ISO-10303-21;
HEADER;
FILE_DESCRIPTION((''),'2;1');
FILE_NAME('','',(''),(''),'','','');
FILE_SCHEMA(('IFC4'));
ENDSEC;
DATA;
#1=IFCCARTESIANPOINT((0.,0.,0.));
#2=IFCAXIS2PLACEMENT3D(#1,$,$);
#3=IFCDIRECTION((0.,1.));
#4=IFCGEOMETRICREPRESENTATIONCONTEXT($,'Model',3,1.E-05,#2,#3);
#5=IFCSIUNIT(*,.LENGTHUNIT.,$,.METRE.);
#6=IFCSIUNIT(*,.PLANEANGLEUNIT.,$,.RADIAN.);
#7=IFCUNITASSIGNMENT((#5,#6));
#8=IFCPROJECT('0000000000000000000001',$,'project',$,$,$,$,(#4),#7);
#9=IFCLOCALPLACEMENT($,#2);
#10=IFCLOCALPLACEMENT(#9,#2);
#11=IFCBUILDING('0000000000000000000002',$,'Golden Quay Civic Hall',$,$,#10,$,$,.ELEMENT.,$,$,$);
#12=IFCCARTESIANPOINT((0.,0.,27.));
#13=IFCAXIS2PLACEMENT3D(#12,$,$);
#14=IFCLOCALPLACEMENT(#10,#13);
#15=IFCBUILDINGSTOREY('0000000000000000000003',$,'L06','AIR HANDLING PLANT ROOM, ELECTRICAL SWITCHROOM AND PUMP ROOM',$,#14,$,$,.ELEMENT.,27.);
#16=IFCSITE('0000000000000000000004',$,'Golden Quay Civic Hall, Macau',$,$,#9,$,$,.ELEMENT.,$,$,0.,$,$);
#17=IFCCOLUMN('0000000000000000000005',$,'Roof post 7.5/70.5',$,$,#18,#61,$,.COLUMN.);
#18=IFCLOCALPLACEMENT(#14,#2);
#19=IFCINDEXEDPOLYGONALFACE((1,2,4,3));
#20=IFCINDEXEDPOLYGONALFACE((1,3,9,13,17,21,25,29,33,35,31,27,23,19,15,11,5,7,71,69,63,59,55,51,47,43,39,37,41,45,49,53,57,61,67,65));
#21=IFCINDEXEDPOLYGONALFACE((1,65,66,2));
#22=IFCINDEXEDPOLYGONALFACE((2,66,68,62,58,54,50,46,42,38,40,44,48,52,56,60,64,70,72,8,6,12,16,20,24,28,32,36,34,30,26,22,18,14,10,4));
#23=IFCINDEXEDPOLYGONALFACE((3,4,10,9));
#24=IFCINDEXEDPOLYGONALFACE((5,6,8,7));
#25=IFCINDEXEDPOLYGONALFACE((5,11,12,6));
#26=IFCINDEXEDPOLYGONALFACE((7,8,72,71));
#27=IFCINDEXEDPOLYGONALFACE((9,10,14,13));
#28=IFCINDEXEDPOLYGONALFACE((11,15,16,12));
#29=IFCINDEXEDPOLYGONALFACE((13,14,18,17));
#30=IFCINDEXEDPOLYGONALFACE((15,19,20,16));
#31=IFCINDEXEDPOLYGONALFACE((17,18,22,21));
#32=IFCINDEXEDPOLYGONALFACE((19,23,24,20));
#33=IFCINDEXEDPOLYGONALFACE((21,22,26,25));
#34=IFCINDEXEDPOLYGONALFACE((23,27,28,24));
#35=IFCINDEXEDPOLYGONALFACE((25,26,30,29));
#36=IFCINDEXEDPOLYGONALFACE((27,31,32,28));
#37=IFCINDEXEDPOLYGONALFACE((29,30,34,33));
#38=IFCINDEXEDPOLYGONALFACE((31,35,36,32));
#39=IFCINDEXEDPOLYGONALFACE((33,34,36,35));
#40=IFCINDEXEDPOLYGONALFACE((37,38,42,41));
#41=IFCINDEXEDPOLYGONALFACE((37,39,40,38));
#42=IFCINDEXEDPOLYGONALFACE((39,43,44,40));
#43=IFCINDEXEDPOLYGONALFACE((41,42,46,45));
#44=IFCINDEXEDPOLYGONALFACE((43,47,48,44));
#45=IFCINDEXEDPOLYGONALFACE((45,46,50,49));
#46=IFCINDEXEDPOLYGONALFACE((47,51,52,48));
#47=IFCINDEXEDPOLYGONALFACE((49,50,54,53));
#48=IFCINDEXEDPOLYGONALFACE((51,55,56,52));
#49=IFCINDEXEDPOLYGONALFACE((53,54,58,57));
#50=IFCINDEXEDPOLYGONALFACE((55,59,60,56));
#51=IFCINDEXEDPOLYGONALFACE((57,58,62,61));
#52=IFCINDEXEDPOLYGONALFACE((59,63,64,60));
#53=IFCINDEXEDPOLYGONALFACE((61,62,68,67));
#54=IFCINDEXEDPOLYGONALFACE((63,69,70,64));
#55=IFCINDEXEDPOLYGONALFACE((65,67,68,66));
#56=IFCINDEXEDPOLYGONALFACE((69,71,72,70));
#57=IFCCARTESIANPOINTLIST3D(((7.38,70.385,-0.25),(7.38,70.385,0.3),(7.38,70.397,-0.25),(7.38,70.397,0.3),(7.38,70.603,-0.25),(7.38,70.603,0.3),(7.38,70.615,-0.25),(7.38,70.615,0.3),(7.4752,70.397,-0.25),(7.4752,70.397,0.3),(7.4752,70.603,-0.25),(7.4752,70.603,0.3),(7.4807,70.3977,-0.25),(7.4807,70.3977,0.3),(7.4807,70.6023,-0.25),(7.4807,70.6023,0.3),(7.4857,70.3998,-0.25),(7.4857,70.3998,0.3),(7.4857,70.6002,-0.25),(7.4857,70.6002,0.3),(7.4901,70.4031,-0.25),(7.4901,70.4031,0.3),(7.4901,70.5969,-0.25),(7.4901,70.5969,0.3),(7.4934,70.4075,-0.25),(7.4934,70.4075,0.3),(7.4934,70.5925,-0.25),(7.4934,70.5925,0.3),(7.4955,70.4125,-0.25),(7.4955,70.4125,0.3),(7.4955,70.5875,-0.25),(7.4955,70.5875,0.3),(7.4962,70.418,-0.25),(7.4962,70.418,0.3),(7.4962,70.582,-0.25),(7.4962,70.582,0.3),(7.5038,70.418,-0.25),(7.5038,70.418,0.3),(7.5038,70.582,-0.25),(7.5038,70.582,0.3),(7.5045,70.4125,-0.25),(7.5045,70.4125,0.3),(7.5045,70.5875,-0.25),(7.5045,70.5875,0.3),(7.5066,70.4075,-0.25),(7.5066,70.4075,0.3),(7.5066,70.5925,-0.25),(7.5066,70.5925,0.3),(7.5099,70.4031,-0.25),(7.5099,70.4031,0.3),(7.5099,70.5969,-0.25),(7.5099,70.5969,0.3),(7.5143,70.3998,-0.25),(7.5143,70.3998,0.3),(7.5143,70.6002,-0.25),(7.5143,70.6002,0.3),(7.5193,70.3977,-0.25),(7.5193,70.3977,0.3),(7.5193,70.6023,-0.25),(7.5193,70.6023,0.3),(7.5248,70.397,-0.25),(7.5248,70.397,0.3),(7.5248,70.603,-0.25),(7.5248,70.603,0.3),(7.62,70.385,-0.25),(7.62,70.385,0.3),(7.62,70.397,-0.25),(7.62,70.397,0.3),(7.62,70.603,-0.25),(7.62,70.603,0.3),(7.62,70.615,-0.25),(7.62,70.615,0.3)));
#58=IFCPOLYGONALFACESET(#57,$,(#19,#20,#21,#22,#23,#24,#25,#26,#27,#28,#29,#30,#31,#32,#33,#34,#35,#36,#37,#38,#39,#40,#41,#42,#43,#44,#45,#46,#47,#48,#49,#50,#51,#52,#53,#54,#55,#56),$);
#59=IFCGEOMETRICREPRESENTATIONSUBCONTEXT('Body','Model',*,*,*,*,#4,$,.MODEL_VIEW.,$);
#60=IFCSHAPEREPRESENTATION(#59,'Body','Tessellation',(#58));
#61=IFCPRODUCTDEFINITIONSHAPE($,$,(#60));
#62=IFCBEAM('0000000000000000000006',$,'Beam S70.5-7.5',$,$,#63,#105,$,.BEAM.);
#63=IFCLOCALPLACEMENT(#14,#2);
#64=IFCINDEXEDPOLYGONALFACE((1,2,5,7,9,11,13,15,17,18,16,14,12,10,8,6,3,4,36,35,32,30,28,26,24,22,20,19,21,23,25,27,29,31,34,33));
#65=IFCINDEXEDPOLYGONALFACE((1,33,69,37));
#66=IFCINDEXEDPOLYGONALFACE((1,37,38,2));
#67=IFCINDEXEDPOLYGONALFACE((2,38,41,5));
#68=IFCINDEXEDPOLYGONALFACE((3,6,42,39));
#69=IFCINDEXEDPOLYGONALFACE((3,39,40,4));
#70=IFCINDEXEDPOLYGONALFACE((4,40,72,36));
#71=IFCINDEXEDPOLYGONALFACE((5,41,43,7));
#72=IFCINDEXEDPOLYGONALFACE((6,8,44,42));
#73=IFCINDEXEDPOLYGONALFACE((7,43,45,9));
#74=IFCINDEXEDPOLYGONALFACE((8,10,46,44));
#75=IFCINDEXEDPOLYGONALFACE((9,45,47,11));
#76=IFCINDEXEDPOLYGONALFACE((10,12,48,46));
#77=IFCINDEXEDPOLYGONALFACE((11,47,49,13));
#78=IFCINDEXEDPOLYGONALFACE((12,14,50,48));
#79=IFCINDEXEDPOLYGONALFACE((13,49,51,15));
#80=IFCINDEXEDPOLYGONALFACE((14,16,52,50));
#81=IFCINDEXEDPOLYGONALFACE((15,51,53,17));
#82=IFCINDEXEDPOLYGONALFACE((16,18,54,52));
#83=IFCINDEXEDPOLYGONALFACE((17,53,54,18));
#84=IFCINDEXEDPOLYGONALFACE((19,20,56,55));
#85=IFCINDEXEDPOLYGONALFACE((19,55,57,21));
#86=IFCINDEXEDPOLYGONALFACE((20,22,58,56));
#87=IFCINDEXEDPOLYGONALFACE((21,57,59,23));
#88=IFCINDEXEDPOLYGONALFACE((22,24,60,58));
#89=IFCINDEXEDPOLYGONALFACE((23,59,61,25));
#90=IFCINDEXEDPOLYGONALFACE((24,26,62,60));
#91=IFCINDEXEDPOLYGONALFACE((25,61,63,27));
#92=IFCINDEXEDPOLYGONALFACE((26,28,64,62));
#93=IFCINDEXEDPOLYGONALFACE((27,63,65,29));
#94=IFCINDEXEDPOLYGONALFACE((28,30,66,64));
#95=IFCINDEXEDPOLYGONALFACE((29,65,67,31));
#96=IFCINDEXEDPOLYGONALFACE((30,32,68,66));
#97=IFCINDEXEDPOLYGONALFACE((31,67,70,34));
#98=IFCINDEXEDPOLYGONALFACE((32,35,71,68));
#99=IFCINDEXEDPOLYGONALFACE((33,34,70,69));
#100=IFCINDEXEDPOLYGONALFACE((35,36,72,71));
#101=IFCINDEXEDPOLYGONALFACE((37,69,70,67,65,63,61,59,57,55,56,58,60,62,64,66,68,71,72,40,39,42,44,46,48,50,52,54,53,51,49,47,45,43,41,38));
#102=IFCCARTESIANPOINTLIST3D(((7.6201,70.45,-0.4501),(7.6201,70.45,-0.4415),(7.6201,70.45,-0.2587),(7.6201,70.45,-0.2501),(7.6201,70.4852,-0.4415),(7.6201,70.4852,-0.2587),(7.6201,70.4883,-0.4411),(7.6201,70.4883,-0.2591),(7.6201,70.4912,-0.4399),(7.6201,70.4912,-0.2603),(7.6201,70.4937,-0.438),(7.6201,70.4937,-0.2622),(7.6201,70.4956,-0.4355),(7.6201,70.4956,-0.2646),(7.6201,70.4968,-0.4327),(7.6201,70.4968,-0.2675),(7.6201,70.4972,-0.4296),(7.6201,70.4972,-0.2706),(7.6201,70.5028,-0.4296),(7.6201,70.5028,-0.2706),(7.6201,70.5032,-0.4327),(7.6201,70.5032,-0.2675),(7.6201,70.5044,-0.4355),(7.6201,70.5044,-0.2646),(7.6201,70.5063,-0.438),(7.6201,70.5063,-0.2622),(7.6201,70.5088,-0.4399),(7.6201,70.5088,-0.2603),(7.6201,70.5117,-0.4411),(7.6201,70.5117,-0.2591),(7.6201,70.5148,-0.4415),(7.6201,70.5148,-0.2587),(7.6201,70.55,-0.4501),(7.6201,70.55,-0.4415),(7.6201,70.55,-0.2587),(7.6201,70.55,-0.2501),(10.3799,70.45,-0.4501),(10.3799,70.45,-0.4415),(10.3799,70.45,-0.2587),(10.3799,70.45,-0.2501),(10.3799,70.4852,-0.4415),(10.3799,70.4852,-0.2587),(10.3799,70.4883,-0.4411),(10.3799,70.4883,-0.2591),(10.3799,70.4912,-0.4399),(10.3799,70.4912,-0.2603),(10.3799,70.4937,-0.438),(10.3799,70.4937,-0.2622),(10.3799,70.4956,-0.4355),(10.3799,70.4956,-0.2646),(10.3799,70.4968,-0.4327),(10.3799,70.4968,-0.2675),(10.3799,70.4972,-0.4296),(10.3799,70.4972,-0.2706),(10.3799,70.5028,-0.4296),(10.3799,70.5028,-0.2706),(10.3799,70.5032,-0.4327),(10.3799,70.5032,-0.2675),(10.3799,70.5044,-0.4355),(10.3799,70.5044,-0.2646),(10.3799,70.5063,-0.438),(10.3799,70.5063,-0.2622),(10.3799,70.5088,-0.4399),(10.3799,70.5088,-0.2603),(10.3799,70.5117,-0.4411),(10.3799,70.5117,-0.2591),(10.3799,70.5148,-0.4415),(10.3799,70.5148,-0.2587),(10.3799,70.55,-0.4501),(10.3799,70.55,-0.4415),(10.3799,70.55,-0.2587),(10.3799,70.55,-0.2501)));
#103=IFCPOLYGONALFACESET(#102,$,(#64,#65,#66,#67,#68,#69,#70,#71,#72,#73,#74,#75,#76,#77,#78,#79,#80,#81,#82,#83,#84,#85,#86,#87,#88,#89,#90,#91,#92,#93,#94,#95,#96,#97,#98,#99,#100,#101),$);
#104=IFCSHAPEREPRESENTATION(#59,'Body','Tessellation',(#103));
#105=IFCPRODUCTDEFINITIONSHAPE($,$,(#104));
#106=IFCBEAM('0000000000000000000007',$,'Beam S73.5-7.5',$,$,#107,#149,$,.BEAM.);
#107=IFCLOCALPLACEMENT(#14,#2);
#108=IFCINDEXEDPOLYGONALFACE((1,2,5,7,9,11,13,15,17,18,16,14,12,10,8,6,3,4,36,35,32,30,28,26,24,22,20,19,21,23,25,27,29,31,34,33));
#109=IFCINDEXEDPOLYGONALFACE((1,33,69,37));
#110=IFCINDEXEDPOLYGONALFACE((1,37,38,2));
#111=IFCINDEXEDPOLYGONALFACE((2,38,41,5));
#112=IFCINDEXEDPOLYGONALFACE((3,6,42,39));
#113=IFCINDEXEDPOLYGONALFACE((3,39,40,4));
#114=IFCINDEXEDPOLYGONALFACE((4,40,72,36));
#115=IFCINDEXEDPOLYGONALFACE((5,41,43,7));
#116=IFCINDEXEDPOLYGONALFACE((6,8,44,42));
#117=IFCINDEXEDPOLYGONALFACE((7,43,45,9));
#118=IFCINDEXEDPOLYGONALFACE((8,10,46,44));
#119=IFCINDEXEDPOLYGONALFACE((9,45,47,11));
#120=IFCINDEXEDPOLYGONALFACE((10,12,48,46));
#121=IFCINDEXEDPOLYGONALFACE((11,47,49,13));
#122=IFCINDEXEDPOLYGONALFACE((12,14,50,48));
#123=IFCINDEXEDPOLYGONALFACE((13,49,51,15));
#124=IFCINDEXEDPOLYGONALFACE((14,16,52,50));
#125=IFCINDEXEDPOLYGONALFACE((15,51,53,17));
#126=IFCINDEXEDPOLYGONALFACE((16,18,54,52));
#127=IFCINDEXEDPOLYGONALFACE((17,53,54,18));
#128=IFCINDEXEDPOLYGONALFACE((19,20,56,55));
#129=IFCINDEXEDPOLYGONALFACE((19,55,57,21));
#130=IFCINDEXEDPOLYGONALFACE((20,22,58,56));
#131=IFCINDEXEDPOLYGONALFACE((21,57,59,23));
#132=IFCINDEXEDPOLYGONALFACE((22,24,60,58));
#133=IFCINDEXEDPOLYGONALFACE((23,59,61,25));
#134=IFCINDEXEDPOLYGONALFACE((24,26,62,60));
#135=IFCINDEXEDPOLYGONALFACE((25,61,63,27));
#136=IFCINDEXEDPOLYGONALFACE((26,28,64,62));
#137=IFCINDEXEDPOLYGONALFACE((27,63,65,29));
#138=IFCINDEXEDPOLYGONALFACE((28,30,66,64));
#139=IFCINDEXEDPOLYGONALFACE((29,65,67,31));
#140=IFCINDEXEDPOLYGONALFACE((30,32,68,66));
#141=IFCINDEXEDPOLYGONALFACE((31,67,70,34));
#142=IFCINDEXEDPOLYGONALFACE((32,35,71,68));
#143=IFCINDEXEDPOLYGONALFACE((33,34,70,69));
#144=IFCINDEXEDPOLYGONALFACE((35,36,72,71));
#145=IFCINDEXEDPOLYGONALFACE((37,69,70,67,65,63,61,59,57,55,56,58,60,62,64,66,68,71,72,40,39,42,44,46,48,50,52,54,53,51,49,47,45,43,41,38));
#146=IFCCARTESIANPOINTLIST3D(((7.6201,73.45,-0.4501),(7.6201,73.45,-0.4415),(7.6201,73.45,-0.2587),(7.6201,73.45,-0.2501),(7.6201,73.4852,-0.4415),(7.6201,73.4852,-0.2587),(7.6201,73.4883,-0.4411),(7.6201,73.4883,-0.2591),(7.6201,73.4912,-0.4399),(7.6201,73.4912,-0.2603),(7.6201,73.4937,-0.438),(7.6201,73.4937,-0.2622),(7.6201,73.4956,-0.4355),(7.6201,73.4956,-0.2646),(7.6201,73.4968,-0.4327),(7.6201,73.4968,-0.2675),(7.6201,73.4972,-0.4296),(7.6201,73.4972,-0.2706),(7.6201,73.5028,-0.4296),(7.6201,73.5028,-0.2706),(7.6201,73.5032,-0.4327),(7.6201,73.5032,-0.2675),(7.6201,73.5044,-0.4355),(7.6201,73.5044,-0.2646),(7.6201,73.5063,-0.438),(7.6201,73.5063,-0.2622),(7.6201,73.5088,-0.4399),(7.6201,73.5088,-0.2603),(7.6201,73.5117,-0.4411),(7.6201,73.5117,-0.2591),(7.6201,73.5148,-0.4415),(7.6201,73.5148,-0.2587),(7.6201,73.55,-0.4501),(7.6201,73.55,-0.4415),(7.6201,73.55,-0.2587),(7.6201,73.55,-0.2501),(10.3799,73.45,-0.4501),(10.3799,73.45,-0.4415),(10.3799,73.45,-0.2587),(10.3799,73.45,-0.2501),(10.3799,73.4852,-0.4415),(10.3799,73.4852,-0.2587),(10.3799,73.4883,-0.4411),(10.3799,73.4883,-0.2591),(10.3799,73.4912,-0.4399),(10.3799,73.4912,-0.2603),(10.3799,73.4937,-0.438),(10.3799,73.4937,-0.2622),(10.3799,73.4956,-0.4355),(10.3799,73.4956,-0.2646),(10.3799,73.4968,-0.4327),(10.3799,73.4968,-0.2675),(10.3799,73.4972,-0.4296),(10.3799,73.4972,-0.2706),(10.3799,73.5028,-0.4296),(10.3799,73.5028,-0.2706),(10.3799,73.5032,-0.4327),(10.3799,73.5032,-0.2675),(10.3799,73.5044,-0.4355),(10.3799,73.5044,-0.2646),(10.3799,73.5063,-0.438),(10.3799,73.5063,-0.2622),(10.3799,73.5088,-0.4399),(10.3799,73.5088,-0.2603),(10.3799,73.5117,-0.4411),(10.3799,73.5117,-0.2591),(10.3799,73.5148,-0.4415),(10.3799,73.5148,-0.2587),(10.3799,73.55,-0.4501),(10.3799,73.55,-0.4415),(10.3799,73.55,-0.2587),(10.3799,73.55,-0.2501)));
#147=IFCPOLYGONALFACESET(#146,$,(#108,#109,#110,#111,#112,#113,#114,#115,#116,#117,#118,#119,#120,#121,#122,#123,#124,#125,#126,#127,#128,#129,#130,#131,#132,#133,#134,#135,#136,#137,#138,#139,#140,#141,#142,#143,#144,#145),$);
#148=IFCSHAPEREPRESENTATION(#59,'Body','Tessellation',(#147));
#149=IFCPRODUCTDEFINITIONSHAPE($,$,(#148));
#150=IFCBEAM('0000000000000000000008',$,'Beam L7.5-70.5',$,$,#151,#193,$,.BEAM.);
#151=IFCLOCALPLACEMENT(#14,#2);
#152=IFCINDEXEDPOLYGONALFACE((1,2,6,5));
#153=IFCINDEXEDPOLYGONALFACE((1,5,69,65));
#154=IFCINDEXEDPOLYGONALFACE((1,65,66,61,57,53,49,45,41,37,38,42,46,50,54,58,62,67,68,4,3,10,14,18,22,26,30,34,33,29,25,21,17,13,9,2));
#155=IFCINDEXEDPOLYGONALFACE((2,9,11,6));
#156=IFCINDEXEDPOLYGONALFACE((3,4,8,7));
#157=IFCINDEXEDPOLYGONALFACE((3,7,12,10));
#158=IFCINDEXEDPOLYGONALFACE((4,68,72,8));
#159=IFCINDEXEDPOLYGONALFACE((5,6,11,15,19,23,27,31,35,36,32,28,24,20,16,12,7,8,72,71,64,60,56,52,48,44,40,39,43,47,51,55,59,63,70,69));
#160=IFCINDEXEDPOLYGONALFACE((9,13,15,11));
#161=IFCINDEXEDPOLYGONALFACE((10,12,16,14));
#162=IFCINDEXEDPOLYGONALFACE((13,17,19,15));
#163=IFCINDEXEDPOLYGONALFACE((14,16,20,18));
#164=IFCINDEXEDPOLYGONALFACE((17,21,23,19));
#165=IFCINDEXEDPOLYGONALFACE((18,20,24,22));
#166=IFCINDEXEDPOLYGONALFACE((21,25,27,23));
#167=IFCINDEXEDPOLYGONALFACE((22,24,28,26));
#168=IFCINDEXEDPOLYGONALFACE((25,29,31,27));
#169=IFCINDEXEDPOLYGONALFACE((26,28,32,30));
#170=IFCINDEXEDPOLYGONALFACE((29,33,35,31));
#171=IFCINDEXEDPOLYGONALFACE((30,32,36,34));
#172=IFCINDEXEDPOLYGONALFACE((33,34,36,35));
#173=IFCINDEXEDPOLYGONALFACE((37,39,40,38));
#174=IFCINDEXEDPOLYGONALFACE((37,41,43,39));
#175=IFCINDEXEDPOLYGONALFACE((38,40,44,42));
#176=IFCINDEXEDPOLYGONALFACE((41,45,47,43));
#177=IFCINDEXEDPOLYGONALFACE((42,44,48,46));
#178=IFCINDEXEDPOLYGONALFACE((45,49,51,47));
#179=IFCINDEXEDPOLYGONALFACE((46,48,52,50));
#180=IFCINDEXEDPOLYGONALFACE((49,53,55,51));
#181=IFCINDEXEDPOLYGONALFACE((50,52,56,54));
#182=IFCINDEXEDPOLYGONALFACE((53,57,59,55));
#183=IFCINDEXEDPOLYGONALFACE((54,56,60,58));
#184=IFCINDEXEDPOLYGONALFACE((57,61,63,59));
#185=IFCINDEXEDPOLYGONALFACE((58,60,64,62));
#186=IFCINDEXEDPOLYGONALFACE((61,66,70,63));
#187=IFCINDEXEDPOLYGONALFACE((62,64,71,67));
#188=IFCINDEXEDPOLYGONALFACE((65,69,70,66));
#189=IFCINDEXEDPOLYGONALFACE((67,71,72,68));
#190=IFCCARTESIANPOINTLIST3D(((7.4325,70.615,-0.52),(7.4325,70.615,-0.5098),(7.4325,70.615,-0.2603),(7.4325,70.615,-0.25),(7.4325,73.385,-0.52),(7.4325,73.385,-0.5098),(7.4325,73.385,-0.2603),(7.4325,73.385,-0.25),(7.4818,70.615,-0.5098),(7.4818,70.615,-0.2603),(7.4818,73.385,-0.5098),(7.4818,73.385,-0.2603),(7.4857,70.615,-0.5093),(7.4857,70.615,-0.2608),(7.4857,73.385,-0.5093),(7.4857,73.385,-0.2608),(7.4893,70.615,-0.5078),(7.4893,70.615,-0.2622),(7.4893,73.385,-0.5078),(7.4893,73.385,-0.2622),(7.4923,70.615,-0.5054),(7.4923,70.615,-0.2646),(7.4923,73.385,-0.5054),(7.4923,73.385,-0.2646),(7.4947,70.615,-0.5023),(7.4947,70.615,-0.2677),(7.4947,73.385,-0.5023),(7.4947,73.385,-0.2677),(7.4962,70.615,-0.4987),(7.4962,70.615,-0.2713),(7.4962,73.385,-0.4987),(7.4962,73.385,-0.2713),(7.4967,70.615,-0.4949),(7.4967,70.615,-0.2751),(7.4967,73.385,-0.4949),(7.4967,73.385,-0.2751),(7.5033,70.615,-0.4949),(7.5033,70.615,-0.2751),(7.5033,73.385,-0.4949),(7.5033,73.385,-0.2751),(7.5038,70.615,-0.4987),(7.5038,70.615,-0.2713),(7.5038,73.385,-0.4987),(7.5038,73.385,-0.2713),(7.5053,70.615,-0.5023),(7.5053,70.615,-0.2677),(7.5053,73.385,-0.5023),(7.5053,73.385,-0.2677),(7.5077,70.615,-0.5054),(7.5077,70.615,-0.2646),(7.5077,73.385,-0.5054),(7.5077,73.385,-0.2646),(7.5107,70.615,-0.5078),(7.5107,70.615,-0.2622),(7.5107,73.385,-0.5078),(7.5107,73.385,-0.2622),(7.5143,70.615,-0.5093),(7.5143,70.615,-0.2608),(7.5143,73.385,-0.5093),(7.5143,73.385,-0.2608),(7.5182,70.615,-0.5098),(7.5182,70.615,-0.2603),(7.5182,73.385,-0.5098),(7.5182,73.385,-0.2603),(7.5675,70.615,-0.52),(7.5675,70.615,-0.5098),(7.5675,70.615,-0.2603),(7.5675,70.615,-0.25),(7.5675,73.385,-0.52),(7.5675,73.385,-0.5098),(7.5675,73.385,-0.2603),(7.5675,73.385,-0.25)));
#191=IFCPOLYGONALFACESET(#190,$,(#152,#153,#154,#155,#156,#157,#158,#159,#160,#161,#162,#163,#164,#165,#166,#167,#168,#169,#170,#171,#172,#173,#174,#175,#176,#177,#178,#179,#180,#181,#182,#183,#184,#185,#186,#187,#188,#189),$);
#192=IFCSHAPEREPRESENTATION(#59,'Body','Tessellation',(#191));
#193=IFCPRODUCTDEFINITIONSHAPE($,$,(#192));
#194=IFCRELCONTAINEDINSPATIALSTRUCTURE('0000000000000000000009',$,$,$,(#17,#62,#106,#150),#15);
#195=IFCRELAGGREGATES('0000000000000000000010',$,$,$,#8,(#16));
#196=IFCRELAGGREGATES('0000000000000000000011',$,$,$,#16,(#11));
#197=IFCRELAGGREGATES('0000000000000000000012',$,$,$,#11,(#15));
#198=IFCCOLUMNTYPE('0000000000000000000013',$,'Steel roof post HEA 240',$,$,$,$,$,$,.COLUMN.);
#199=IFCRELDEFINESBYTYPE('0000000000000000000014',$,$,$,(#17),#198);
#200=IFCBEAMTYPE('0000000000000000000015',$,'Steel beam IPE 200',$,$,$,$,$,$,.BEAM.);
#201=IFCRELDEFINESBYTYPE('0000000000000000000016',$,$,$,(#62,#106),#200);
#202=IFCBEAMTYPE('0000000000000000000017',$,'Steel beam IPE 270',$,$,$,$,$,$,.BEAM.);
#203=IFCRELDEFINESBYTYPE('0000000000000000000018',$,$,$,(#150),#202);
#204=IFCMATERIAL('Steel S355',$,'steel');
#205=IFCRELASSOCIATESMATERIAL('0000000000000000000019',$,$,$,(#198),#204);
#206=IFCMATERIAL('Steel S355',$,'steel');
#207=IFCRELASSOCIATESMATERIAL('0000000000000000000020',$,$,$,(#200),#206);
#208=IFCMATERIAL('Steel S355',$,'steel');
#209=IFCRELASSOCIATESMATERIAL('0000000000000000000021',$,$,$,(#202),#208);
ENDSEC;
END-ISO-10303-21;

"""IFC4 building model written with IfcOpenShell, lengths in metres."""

from ifc_helpers import new_model, si_unit, direction, frame, origin, origin_2d, place, context, subcontext, project, spatial, i_section, extrude, material, material_profile, profile_set, type_object, element, save


model = new_model("IFC4")

# Units and contexts
model_context = context("Model", 3, precision=1e-05, world=origin(), true_north=direction((0.0, 1.0)))
body_context = subcontext(model_context, "Body", "Model", "MODEL_VIEW")
ifc_project = project(units=[si_unit("LENGTHUNIT", "METRE"), si_unit("PLANEANGLEUNIT", "RADIAN")], contexts=[model_context])

# Site, building, storey
site_placement = place(None, origin())
site = spatial("IfcSite", under=ifc_project, at=site_placement, Name="Golden Quay Civic Hall, Macau", CompositionType="ELEMENT", RefElevation=0.0)
building_placement = place(site_placement, origin())
building = spatial("IfcBuilding", under=site, at=building_placement, Name="Golden Quay Civic Hall", CompositionType="ELEMENT")
storey_placement = place(building_placement, frame((0.0, 0.0, 27.0)))
storey = spatial("IfcBuildingStorey", under=building, at=storey_placement, Name="L06", Description="AIR HANDLING PLANT ROOM, ELECTRICAL SWITCHROOM AND PUMP ROOM", CompositionType="ELEMENT", Elevation=27.0)

# Column
ifc_material_1 = material(Name="Steel S355", Category="steel")
ifc_material_profile_1 = material_profile(ifc_material_1, i_section(OverallWidth=0.24, OverallDepth=0.23, WebThickness=0.0076, FlangeThickness=0.012, FilletRadius=0.021, at=origin_2d()), Name="HEA 240")
ifc_profile_set_1 = profile_set([ifc_material_profile_1], Name="Steel S355")
column_type = type_object("IfcColumnType", Name="Steel roof post HEA 240", PredefinedType="COLUMN", material=ifc_profile_set_1)
column_placement = place(storey_placement, frame((7.5, 70.5, -0.25), z_axis=(0.0, 0.0, 1.0), x_axis=(1.0, 0.0, 0.0)))
element("IfcColumn", 1, at=column_placement, inside=storey, type_object=column_type, Name="Roof post 7.5/70.5", PredefinedType="COLUMN", context=body_context, shape_type="SweptSolid", body=[
    extrude(i_section(OverallWidth=0.24, OverallDepth=0.23, WebThickness=0.0076, FlangeThickness=0.012, FilletRadius=0.021, at=origin_2d()), origin(), (0.0, 0.0, 1.0), 0.55),
])

# Beams
ifc_material_2 = material(Name="Steel S355", Category="steel")
ifc_material_profile_2 = material_profile(ifc_material_2, i_section(OverallWidth=0.1001, OverallDepth=0.2, WebThickness=0.0056, FlangeThickness=0.0085, FilletRadius=0.012, at=origin_2d()), Name="IPE 200")
ifc_profile_set_2 = profile_set([ifc_material_profile_2], Name="Steel S355")
beam_type_1 = type_object("IfcBeamType", Name="Steel beam IPE 200", PredefinedType="BEAM", material=ifc_profile_set_2)
for number, where, z_axis, x_axis, name in (
    (2, (7.6201, 70.5, -0.3501), (1.0, 0.0, 0.0), (0.0, 1.0, 0.0), "Beam S70.5-7.5"),
    (3, (7.6201, 73.5, -0.3501), (1.0, 0.0, 0.0), (0.0, 1.0, 0.0), "Beam S73.5-7.5"),
):
    element("IfcBeam", number, at=place(storey_placement, frame(where, z_axis=z_axis, x_axis=x_axis)), inside=storey, type_object=beam_type_1, Name=name, PredefinedType="BEAM", context=body_context, shape_type="SweptSolid", body=[
        extrude(i_section(OverallWidth=0.1001, OverallDepth=0.2, WebThickness=0.0056, FlangeThickness=0.0085, FilletRadius=0.012, at=origin_2d()), origin(), (0.0, 0.0, 1.0), 2.7598),
    ])
ifc_material_3 = material(Name="Steel S355", Category="steel")
ifc_material_profile_3 = material_profile(ifc_material_3, i_section(OverallWidth=0.135, OverallDepth=0.27, WebThickness=0.0066, FlangeThickness=0.0103, FilletRadius=0.0149, at=origin_2d()), Name="IPE 270")
ifc_profile_set_3 = profile_set([ifc_material_profile_3], Name="Steel S355")
beam_type_2 = type_object("IfcBeamType", Name="Steel beam IPE 270", PredefinedType="BEAM", material=ifc_profile_set_3)
beam_1_placement = place(storey_placement, frame((7.5, 70.615, -0.385), z_axis=(0.0, 1.0, 0.0), x_axis=(-1.0, 0.0, 0.0)))
element("IfcBeam", 4, at=beam_1_placement, inside=storey, type_object=beam_type_2, Name="Beam L7.5-70.5", PredefinedType="BEAM", context=body_context, shape_type="SweptSolid", body=[
    extrude(i_section(OverallWidth=0.135, OverallDepth=0.27, WebThickness=0.0066, FlangeThickness=0.0103, FilletRadius=0.0149, at=origin_2d()), origin(), (0.0, 0.0, 1.0), 2.77),
])

save(model, "model.ifc")
